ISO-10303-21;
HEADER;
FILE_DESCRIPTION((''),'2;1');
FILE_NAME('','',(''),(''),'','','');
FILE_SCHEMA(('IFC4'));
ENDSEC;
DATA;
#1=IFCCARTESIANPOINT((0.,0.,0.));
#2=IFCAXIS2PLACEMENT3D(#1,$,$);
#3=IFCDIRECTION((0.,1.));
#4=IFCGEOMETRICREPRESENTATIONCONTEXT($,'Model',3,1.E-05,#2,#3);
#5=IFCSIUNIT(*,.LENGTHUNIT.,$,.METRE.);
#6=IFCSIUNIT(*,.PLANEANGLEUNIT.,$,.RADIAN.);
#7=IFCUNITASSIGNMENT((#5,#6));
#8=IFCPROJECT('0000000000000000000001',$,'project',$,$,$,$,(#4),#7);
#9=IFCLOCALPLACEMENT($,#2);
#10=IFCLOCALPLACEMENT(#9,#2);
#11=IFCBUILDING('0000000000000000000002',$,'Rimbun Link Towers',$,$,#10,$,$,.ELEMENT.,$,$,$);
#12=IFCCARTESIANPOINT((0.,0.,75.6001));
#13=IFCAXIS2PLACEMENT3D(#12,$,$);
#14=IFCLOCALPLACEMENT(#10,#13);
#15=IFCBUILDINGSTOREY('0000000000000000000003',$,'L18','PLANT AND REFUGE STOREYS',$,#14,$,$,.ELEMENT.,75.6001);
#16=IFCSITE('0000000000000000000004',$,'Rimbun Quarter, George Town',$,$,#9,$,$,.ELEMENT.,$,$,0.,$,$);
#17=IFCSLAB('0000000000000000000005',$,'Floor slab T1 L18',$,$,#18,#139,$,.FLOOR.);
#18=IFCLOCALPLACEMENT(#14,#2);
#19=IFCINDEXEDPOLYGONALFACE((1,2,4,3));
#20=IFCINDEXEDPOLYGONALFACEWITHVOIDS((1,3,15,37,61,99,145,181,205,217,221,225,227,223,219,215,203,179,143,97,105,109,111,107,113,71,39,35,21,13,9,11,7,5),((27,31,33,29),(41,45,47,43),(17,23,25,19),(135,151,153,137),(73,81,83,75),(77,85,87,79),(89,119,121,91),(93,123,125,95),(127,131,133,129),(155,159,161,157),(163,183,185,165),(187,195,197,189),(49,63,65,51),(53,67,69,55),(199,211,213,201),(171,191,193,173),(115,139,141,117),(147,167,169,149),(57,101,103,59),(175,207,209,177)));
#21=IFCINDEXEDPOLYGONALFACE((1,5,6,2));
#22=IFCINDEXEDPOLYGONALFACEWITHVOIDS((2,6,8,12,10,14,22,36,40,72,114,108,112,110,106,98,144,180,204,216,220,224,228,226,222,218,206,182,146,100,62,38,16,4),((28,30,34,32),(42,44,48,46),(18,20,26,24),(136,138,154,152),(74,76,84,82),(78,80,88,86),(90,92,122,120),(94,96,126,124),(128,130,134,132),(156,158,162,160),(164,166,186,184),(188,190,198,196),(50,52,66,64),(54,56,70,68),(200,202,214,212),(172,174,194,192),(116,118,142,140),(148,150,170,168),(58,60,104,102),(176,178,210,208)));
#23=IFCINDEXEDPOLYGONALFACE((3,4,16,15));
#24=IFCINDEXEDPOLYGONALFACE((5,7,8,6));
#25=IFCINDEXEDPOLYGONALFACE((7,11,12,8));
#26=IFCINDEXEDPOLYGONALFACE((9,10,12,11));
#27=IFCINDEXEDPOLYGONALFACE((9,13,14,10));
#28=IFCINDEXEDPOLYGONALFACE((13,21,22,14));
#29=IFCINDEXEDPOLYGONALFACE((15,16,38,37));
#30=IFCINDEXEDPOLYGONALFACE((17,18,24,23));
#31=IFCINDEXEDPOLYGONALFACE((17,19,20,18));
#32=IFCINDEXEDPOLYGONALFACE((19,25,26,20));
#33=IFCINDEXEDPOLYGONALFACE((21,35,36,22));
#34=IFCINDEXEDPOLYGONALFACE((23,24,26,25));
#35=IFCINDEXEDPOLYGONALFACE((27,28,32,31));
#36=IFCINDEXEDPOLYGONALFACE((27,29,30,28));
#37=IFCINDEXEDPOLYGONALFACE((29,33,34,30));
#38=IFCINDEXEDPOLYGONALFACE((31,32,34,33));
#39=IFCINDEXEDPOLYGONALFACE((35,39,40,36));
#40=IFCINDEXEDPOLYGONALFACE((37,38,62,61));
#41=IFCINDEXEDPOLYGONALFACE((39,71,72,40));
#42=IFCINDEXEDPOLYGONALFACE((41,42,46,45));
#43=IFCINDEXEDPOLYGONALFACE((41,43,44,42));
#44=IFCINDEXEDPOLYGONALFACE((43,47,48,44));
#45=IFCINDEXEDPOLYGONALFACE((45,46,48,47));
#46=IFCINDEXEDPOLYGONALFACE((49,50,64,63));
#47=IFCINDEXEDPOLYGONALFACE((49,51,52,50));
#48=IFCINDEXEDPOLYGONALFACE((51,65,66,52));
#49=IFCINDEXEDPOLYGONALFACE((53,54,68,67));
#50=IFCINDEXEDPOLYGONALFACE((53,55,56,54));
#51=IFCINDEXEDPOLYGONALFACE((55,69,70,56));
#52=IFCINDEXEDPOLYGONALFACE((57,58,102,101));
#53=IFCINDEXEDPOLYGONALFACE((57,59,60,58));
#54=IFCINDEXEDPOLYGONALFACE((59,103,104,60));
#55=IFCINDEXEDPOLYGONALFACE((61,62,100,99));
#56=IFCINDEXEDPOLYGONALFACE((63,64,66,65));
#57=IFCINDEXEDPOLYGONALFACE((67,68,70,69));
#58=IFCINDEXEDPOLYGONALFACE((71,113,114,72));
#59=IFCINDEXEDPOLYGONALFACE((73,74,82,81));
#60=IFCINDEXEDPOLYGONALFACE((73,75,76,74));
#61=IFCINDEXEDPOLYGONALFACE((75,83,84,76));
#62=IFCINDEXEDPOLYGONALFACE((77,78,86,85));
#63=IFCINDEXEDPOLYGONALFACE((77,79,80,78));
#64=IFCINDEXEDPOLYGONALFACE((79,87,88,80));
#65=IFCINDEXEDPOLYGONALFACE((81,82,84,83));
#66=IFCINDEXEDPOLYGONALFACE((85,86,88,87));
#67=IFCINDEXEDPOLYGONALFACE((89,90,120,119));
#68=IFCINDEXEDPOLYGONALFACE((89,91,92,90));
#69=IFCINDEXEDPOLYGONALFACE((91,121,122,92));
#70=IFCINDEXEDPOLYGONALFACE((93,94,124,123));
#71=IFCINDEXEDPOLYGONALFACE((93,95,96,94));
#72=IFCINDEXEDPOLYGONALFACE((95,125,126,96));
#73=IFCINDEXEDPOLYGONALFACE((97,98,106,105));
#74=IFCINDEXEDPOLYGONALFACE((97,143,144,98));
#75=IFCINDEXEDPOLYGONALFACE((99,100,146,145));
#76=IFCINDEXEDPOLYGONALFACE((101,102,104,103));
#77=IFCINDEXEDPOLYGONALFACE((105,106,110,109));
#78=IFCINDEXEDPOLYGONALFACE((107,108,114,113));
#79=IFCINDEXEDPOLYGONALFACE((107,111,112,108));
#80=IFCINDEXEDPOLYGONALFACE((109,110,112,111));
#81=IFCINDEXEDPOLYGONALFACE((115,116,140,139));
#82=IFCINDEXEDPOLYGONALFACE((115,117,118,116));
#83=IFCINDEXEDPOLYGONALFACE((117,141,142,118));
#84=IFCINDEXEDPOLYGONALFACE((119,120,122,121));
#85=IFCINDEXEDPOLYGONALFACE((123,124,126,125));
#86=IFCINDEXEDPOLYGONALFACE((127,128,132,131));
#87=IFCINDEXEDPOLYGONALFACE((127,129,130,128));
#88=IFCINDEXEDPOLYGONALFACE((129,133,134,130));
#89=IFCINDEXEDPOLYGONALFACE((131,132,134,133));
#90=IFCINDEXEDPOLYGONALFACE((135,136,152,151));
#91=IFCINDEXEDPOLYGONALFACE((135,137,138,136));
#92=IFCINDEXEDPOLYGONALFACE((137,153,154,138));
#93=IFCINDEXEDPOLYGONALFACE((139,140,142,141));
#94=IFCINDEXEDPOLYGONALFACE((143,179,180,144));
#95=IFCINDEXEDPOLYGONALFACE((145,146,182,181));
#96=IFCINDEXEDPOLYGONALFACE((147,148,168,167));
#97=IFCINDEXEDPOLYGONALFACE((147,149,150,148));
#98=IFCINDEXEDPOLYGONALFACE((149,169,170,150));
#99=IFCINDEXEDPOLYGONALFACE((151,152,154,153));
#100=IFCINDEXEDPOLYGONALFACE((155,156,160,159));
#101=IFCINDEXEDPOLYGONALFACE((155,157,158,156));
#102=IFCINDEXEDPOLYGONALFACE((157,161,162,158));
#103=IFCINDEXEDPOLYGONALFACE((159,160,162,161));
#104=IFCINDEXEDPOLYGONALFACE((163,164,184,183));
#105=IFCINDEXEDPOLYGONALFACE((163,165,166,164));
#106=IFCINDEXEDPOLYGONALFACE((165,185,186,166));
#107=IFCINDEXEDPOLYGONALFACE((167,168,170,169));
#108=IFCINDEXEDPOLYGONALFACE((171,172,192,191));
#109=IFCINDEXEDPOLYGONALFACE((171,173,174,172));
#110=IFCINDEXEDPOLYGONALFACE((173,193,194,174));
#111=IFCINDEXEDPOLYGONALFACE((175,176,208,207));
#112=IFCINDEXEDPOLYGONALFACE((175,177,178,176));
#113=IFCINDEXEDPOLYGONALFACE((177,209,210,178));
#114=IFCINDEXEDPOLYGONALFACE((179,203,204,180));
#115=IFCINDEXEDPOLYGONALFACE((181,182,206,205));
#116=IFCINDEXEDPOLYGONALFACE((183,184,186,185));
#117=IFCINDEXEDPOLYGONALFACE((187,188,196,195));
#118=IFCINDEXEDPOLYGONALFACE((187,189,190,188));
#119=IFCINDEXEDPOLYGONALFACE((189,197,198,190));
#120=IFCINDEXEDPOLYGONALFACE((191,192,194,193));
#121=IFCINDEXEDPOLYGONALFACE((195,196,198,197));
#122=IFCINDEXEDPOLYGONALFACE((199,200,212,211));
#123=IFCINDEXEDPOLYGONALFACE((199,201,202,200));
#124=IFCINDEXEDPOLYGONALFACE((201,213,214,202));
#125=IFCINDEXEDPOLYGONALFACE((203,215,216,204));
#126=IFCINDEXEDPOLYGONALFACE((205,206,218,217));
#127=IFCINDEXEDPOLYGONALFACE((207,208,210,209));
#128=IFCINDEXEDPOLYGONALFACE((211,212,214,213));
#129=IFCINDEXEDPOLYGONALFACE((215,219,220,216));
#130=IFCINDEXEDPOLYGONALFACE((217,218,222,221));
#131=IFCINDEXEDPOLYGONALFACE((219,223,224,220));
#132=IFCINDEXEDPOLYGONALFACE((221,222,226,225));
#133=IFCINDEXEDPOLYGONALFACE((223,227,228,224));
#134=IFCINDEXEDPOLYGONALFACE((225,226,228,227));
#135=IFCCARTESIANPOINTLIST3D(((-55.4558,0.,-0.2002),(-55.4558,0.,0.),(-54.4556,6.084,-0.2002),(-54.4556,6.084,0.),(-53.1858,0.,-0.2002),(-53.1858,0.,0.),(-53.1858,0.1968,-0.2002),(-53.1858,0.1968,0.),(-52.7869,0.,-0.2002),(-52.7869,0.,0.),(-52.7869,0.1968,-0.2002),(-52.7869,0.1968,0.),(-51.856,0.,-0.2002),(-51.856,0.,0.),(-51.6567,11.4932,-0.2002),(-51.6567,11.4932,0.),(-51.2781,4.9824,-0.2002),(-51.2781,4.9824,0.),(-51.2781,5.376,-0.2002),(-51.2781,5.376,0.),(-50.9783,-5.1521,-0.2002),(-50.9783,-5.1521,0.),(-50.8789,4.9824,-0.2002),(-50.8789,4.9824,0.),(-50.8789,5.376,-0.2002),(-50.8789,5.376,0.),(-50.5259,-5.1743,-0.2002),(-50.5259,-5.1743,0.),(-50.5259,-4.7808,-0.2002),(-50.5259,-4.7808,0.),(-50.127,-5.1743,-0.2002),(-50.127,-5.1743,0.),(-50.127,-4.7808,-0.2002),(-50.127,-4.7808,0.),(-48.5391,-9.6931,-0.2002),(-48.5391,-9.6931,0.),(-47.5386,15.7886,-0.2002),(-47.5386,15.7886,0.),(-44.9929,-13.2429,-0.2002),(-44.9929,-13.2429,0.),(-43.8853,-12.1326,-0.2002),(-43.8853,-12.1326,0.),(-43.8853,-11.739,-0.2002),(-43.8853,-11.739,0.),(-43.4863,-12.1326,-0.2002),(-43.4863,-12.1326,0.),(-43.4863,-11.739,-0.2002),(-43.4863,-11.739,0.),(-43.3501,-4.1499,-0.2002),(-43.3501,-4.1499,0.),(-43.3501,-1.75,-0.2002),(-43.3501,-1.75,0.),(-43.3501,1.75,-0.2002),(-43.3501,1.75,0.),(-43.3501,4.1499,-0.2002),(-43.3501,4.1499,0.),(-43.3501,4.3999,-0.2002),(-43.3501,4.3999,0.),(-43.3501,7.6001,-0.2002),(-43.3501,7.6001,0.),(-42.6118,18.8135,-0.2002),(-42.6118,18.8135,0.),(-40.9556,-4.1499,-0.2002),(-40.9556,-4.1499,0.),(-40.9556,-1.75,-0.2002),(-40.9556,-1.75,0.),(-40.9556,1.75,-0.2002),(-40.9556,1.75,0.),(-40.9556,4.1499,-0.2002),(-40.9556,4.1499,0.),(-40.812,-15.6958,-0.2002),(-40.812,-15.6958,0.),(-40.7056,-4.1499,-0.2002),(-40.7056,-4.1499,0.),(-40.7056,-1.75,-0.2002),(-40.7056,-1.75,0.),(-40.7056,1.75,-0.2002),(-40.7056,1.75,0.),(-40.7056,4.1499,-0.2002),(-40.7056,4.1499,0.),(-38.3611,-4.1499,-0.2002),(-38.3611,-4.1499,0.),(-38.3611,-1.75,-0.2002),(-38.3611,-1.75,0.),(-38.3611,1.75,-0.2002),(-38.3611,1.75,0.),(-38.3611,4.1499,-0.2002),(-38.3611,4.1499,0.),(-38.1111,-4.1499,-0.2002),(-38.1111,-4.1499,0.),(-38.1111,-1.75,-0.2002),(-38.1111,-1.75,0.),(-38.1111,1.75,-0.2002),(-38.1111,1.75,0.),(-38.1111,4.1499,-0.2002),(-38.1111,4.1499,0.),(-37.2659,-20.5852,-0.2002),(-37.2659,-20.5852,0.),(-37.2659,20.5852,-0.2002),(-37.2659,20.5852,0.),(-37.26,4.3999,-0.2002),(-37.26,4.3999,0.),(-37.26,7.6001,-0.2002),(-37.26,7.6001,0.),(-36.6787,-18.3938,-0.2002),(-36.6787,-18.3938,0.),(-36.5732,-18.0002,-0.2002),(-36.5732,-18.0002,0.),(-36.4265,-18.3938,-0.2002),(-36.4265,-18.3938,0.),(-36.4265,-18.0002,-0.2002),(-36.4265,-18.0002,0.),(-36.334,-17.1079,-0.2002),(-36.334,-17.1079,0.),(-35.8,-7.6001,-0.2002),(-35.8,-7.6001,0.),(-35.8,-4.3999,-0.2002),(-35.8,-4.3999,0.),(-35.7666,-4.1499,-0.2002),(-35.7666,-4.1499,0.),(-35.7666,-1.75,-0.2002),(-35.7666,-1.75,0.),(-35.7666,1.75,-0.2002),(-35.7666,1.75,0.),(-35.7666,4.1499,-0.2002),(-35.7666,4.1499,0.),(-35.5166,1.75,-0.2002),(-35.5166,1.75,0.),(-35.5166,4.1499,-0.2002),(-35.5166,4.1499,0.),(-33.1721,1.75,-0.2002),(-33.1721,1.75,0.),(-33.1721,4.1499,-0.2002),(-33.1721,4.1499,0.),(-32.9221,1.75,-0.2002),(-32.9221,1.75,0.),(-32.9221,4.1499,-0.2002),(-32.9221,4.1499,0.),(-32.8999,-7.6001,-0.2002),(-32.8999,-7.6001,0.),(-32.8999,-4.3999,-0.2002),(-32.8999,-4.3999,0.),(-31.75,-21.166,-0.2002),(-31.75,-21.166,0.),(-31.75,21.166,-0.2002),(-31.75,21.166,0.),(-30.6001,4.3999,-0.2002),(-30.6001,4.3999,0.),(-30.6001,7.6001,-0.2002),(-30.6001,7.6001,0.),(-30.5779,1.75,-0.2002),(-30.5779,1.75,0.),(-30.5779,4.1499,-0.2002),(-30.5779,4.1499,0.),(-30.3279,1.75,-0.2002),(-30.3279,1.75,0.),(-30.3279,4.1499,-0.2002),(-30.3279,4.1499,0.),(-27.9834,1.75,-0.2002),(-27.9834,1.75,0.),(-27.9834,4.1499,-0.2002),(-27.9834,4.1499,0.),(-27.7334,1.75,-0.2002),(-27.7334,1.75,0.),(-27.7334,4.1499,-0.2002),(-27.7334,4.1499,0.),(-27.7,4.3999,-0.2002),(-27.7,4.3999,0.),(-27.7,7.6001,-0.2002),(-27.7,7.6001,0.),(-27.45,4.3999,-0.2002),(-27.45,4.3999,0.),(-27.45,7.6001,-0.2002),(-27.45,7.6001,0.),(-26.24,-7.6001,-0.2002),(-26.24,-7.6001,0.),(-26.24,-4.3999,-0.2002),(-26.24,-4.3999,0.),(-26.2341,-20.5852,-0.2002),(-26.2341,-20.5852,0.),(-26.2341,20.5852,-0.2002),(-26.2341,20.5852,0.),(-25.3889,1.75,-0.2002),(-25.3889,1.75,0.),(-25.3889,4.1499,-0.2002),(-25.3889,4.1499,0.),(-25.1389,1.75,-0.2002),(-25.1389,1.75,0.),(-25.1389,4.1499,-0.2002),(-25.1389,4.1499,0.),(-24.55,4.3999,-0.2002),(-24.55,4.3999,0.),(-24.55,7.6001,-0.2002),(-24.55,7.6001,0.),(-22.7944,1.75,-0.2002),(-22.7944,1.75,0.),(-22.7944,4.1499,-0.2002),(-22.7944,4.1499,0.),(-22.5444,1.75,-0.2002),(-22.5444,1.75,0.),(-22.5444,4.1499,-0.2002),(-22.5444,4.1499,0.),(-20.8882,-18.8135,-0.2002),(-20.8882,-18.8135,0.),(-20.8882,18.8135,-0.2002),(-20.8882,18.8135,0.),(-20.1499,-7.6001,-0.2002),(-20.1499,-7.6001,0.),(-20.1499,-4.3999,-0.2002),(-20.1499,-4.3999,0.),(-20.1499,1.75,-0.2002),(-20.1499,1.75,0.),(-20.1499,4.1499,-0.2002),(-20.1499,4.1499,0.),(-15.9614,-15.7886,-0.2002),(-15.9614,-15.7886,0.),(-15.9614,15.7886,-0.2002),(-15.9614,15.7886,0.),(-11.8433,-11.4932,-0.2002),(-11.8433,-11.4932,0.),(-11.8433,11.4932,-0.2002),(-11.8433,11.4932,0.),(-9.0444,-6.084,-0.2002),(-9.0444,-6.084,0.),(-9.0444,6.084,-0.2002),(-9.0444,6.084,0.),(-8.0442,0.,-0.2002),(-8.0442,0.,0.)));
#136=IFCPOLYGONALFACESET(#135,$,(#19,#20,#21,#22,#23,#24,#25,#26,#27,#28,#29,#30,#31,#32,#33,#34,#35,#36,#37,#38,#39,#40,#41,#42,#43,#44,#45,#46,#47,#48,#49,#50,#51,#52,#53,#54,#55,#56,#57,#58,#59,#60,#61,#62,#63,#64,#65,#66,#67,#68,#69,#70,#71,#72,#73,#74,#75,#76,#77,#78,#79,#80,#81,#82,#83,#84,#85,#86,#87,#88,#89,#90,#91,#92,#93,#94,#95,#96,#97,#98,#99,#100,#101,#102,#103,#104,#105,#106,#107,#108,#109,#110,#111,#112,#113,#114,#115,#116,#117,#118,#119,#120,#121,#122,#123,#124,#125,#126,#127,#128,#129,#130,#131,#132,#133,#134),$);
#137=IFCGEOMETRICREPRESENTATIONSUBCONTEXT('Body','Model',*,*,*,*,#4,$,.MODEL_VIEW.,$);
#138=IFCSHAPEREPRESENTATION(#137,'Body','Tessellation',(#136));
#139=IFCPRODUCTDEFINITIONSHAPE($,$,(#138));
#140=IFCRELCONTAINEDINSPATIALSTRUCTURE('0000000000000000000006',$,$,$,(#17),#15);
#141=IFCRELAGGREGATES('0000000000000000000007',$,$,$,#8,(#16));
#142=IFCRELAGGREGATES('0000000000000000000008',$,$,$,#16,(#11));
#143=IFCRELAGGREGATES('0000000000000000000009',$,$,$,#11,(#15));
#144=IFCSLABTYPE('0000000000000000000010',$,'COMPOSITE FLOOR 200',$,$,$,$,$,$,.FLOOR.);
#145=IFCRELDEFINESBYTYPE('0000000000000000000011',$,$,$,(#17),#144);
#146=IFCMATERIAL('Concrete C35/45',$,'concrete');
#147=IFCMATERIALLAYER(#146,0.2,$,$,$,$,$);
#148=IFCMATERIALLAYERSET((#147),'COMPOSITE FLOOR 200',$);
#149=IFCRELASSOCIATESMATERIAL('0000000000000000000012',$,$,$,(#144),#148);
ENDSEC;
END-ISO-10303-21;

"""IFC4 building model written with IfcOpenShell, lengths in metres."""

from ifc_helpers import new_model, si_unit, direction, frame, origin, place, context, subcontext, project, spatial, polyline, outline, extrude, material, layer, layer_set, type_object, element, save


model = new_model("IFC4")

# Units and contexts
model_context = context("Model", 3, precision=1e-05, world=origin(), true_north=direction((0.0, 1.0)))
body_context = subcontext(model_context, "Body", "Model", "MODEL_VIEW")
ifc_project = project(units=[si_unit("LENGTHUNIT", "METRE"), si_unit("PLANEANGLEUNIT", "RADIAN")], contexts=[model_context])

# Site, building, storey
site_placement = place(None, origin())
site = spatial("IfcSite", under=ifc_project, at=site_placement, Name="Rimbun Quarter, George Town", CompositionType="ELEMENT", RefElevation=0.0)
building_placement = place(site_placement, origin())
building = spatial("IfcBuilding", under=site, at=building_placement, Name="Rimbun Link Towers", CompositionType="ELEMENT")
storey_placement = place(building_placement, frame((0.0, 0.0, 75.6001)))
storey = spatial("IfcBuildingStorey", under=building, at=storey_placement, Name="L18", Description="PLANT AND REFUGE STOREYS", CompositionType="ELEMENT", Elevation=75.6001)

# Slab
ifc_material_1 = material(Name="Concrete C35/45", Category="concrete")
ifc_layer_1 = layer(ifc_material_1, 0.2)
ifc_layer_set_1 = layer_set([ifc_layer_1], Name="COMPOSITE FLOOR 200")
slab_type_1 = type_object("IfcSlabType", Name="COMPOSITE FLOOR 200", PredefinedType="FLOOR", material=ifc_layer_set_1)
slab_1_placement = place(storey_placement, frame((0.0, 0.0, -0.2002)))
element("IfcSlab", 1, at=slab_1_placement, inside=storey, type_object=slab_type_1, Name="Floor slab T1 L18", PredefinedType="FLOOR", context=body_context, shape_type="SweptSolid", body=[
    extrude(outline(polyline([(-55.4558, 0.0), (-54.4556, 6.084), (-51.6567, 11.4932), (-47.5386, 15.7886), (-42.6118, 18.8135), (-37.2659, 20.5852), (-31.75, 21.166), (-26.2341, 20.5852), (-20.8882, 18.8135), (-15.9614, 15.7886), (-11.8433, 11.4932), (-9.0444, 6.084), (-8.0442, 0.0), (-9.0444, -6.084), (-11.8433, -11.4932), (-15.9614, -15.7886), (-20.8882, -18.8135), (-26.2341, -20.5852), (-31.75, -21.166), (-37.2659, -20.5852), (-36.6787, -18.3938), (-36.4265, -18.3938), (-36.4265, -18.0002), (-36.5732, -18.0002), (-36.334, -17.1079), (-40.812, -15.6958), (-44.9929, -13.2429), (-48.5391, -9.6931), (-50.9783, -5.1521), (-51.856, 0.0), (-52.7869, 0.0), (-52.7869, 0.1968), (-53.1858, 0.1968), (-53.1858, 0.0), (-55.4558, 0.0)]), holes=[polyline([(-43.4863, -12.1326), (-43.4863, -11.739), (-43.8853, -11.739), (-43.8853, -12.1326), (-43.4863, -12.1326)]), polyline([(-50.127, -5.1743), (-50.127, -4.7808), (-50.5259, -4.7808), (-50.5259, -5.1743), (-50.127, -5.1743)]), polyline([(-40.9556, -4.1499), (-40.9556, -1.75), (-43.3501, -1.75), (-43.3501, -4.1499), (-40.9556, -4.1499)]), polyline([(-40.7056, -4.1499), (-38.3611, -4.1499), (-38.3611, -1.75), (-40.7056, -1.75), (-40.7056, -4.1499)]), polyline([(-38.1111, -4.1499), (-35.7666, -4.1499), (-35.7666, -1.75), (-38.1111, -1.75), (-38.1111, -4.1499)]), polyline([(-43.3501, 1.75), (-40.9556, 1.75), (-40.9556, 4.1499), (-43.3501, 4.1499), (-43.3501, 1.75)]), polyline([(-40.7056, 1.75), (-38.3611, 1.75), (-38.3611, 4.1499), (-40.7056, 4.1499), (-40.7056, 1.75)]), polyline([(-35.7666, 1.75), (-35.7666, 4.1499), (-38.1111, 4.1499), (-38.1111, 1.75), (-35.7666, 1.75)]), polyline([(-51.2781, 4.9824), (-50.8789, 4.9824), (-50.8789, 5.376), (-51.2781, 5.376), (-51.2781, 4.9824)]), polyline([(-43.3501, 4.3999), (-37.26, 4.3999), (-37.26, 7.6001), (-43.3501, 7.6001), (-43.3501, 4.3999)]), polyline([(-32.8999, -7.6001), (-32.8999, -4.3999), (-35.8, -4.3999), (-35.8, -7.6001), (-32.8999, -7.6001)]), polyline([(-20.1499, -7.6001), (-20.1499, -4.3999), (-26.24, -4.3999), (-26.24, -7.6001), (-20.1499, -7.6001)]), polyline([(-35.5166, 1.75), (-33.1721, 1.75), (-33.1721, 4.1499), (-35.5166, 4.1499), (-35.5166, 1.75)]), polyline([(-32.9221, 1.75), (-30.5779, 1.75), (-30.5779, 4.1499), (-32.9221, 4.1499), (-32.9221, 1.75)]), polyline([(-27.9834, 1.75), (-27.9834, 4.1499), (-30.3279, 4.1499), (-30.3279, 1.75), (-27.9834, 1.75)]), polyline([(-27.7334, 1.75), (-25.3889, 1.75), (-25.3889, 4.1499), (-27.7334, 4.1499), (-27.7334, 1.75)]), polyline([(-25.1389, 1.75), (-22.7944, 1.75), (-22.7944, 4.1499), (-25.1389, 4.1499), (-25.1389, 1.75)]), polyline([(-20.1499, 1.75), (-20.1499, 4.1499), (-22.5444, 4.1499), (-22.5444, 1.75), (-20.1499, 1.75)]), polyline([(-30.6001, 4.3999), (-27.7, 4.3999), (-27.7, 7.6001), (-30.6001, 7.6001), (-30.6001, 4.3999)]), polyline([(-27.45, 4.3999), (-24.55, 4.3999), (-24.55, 7.6001), (-27.45, 7.6001), (-27.45, 4.3999)])]), origin(), (0.0, 0.0, 1.0), 0.2002),
])

save(model, "model.ifc")
